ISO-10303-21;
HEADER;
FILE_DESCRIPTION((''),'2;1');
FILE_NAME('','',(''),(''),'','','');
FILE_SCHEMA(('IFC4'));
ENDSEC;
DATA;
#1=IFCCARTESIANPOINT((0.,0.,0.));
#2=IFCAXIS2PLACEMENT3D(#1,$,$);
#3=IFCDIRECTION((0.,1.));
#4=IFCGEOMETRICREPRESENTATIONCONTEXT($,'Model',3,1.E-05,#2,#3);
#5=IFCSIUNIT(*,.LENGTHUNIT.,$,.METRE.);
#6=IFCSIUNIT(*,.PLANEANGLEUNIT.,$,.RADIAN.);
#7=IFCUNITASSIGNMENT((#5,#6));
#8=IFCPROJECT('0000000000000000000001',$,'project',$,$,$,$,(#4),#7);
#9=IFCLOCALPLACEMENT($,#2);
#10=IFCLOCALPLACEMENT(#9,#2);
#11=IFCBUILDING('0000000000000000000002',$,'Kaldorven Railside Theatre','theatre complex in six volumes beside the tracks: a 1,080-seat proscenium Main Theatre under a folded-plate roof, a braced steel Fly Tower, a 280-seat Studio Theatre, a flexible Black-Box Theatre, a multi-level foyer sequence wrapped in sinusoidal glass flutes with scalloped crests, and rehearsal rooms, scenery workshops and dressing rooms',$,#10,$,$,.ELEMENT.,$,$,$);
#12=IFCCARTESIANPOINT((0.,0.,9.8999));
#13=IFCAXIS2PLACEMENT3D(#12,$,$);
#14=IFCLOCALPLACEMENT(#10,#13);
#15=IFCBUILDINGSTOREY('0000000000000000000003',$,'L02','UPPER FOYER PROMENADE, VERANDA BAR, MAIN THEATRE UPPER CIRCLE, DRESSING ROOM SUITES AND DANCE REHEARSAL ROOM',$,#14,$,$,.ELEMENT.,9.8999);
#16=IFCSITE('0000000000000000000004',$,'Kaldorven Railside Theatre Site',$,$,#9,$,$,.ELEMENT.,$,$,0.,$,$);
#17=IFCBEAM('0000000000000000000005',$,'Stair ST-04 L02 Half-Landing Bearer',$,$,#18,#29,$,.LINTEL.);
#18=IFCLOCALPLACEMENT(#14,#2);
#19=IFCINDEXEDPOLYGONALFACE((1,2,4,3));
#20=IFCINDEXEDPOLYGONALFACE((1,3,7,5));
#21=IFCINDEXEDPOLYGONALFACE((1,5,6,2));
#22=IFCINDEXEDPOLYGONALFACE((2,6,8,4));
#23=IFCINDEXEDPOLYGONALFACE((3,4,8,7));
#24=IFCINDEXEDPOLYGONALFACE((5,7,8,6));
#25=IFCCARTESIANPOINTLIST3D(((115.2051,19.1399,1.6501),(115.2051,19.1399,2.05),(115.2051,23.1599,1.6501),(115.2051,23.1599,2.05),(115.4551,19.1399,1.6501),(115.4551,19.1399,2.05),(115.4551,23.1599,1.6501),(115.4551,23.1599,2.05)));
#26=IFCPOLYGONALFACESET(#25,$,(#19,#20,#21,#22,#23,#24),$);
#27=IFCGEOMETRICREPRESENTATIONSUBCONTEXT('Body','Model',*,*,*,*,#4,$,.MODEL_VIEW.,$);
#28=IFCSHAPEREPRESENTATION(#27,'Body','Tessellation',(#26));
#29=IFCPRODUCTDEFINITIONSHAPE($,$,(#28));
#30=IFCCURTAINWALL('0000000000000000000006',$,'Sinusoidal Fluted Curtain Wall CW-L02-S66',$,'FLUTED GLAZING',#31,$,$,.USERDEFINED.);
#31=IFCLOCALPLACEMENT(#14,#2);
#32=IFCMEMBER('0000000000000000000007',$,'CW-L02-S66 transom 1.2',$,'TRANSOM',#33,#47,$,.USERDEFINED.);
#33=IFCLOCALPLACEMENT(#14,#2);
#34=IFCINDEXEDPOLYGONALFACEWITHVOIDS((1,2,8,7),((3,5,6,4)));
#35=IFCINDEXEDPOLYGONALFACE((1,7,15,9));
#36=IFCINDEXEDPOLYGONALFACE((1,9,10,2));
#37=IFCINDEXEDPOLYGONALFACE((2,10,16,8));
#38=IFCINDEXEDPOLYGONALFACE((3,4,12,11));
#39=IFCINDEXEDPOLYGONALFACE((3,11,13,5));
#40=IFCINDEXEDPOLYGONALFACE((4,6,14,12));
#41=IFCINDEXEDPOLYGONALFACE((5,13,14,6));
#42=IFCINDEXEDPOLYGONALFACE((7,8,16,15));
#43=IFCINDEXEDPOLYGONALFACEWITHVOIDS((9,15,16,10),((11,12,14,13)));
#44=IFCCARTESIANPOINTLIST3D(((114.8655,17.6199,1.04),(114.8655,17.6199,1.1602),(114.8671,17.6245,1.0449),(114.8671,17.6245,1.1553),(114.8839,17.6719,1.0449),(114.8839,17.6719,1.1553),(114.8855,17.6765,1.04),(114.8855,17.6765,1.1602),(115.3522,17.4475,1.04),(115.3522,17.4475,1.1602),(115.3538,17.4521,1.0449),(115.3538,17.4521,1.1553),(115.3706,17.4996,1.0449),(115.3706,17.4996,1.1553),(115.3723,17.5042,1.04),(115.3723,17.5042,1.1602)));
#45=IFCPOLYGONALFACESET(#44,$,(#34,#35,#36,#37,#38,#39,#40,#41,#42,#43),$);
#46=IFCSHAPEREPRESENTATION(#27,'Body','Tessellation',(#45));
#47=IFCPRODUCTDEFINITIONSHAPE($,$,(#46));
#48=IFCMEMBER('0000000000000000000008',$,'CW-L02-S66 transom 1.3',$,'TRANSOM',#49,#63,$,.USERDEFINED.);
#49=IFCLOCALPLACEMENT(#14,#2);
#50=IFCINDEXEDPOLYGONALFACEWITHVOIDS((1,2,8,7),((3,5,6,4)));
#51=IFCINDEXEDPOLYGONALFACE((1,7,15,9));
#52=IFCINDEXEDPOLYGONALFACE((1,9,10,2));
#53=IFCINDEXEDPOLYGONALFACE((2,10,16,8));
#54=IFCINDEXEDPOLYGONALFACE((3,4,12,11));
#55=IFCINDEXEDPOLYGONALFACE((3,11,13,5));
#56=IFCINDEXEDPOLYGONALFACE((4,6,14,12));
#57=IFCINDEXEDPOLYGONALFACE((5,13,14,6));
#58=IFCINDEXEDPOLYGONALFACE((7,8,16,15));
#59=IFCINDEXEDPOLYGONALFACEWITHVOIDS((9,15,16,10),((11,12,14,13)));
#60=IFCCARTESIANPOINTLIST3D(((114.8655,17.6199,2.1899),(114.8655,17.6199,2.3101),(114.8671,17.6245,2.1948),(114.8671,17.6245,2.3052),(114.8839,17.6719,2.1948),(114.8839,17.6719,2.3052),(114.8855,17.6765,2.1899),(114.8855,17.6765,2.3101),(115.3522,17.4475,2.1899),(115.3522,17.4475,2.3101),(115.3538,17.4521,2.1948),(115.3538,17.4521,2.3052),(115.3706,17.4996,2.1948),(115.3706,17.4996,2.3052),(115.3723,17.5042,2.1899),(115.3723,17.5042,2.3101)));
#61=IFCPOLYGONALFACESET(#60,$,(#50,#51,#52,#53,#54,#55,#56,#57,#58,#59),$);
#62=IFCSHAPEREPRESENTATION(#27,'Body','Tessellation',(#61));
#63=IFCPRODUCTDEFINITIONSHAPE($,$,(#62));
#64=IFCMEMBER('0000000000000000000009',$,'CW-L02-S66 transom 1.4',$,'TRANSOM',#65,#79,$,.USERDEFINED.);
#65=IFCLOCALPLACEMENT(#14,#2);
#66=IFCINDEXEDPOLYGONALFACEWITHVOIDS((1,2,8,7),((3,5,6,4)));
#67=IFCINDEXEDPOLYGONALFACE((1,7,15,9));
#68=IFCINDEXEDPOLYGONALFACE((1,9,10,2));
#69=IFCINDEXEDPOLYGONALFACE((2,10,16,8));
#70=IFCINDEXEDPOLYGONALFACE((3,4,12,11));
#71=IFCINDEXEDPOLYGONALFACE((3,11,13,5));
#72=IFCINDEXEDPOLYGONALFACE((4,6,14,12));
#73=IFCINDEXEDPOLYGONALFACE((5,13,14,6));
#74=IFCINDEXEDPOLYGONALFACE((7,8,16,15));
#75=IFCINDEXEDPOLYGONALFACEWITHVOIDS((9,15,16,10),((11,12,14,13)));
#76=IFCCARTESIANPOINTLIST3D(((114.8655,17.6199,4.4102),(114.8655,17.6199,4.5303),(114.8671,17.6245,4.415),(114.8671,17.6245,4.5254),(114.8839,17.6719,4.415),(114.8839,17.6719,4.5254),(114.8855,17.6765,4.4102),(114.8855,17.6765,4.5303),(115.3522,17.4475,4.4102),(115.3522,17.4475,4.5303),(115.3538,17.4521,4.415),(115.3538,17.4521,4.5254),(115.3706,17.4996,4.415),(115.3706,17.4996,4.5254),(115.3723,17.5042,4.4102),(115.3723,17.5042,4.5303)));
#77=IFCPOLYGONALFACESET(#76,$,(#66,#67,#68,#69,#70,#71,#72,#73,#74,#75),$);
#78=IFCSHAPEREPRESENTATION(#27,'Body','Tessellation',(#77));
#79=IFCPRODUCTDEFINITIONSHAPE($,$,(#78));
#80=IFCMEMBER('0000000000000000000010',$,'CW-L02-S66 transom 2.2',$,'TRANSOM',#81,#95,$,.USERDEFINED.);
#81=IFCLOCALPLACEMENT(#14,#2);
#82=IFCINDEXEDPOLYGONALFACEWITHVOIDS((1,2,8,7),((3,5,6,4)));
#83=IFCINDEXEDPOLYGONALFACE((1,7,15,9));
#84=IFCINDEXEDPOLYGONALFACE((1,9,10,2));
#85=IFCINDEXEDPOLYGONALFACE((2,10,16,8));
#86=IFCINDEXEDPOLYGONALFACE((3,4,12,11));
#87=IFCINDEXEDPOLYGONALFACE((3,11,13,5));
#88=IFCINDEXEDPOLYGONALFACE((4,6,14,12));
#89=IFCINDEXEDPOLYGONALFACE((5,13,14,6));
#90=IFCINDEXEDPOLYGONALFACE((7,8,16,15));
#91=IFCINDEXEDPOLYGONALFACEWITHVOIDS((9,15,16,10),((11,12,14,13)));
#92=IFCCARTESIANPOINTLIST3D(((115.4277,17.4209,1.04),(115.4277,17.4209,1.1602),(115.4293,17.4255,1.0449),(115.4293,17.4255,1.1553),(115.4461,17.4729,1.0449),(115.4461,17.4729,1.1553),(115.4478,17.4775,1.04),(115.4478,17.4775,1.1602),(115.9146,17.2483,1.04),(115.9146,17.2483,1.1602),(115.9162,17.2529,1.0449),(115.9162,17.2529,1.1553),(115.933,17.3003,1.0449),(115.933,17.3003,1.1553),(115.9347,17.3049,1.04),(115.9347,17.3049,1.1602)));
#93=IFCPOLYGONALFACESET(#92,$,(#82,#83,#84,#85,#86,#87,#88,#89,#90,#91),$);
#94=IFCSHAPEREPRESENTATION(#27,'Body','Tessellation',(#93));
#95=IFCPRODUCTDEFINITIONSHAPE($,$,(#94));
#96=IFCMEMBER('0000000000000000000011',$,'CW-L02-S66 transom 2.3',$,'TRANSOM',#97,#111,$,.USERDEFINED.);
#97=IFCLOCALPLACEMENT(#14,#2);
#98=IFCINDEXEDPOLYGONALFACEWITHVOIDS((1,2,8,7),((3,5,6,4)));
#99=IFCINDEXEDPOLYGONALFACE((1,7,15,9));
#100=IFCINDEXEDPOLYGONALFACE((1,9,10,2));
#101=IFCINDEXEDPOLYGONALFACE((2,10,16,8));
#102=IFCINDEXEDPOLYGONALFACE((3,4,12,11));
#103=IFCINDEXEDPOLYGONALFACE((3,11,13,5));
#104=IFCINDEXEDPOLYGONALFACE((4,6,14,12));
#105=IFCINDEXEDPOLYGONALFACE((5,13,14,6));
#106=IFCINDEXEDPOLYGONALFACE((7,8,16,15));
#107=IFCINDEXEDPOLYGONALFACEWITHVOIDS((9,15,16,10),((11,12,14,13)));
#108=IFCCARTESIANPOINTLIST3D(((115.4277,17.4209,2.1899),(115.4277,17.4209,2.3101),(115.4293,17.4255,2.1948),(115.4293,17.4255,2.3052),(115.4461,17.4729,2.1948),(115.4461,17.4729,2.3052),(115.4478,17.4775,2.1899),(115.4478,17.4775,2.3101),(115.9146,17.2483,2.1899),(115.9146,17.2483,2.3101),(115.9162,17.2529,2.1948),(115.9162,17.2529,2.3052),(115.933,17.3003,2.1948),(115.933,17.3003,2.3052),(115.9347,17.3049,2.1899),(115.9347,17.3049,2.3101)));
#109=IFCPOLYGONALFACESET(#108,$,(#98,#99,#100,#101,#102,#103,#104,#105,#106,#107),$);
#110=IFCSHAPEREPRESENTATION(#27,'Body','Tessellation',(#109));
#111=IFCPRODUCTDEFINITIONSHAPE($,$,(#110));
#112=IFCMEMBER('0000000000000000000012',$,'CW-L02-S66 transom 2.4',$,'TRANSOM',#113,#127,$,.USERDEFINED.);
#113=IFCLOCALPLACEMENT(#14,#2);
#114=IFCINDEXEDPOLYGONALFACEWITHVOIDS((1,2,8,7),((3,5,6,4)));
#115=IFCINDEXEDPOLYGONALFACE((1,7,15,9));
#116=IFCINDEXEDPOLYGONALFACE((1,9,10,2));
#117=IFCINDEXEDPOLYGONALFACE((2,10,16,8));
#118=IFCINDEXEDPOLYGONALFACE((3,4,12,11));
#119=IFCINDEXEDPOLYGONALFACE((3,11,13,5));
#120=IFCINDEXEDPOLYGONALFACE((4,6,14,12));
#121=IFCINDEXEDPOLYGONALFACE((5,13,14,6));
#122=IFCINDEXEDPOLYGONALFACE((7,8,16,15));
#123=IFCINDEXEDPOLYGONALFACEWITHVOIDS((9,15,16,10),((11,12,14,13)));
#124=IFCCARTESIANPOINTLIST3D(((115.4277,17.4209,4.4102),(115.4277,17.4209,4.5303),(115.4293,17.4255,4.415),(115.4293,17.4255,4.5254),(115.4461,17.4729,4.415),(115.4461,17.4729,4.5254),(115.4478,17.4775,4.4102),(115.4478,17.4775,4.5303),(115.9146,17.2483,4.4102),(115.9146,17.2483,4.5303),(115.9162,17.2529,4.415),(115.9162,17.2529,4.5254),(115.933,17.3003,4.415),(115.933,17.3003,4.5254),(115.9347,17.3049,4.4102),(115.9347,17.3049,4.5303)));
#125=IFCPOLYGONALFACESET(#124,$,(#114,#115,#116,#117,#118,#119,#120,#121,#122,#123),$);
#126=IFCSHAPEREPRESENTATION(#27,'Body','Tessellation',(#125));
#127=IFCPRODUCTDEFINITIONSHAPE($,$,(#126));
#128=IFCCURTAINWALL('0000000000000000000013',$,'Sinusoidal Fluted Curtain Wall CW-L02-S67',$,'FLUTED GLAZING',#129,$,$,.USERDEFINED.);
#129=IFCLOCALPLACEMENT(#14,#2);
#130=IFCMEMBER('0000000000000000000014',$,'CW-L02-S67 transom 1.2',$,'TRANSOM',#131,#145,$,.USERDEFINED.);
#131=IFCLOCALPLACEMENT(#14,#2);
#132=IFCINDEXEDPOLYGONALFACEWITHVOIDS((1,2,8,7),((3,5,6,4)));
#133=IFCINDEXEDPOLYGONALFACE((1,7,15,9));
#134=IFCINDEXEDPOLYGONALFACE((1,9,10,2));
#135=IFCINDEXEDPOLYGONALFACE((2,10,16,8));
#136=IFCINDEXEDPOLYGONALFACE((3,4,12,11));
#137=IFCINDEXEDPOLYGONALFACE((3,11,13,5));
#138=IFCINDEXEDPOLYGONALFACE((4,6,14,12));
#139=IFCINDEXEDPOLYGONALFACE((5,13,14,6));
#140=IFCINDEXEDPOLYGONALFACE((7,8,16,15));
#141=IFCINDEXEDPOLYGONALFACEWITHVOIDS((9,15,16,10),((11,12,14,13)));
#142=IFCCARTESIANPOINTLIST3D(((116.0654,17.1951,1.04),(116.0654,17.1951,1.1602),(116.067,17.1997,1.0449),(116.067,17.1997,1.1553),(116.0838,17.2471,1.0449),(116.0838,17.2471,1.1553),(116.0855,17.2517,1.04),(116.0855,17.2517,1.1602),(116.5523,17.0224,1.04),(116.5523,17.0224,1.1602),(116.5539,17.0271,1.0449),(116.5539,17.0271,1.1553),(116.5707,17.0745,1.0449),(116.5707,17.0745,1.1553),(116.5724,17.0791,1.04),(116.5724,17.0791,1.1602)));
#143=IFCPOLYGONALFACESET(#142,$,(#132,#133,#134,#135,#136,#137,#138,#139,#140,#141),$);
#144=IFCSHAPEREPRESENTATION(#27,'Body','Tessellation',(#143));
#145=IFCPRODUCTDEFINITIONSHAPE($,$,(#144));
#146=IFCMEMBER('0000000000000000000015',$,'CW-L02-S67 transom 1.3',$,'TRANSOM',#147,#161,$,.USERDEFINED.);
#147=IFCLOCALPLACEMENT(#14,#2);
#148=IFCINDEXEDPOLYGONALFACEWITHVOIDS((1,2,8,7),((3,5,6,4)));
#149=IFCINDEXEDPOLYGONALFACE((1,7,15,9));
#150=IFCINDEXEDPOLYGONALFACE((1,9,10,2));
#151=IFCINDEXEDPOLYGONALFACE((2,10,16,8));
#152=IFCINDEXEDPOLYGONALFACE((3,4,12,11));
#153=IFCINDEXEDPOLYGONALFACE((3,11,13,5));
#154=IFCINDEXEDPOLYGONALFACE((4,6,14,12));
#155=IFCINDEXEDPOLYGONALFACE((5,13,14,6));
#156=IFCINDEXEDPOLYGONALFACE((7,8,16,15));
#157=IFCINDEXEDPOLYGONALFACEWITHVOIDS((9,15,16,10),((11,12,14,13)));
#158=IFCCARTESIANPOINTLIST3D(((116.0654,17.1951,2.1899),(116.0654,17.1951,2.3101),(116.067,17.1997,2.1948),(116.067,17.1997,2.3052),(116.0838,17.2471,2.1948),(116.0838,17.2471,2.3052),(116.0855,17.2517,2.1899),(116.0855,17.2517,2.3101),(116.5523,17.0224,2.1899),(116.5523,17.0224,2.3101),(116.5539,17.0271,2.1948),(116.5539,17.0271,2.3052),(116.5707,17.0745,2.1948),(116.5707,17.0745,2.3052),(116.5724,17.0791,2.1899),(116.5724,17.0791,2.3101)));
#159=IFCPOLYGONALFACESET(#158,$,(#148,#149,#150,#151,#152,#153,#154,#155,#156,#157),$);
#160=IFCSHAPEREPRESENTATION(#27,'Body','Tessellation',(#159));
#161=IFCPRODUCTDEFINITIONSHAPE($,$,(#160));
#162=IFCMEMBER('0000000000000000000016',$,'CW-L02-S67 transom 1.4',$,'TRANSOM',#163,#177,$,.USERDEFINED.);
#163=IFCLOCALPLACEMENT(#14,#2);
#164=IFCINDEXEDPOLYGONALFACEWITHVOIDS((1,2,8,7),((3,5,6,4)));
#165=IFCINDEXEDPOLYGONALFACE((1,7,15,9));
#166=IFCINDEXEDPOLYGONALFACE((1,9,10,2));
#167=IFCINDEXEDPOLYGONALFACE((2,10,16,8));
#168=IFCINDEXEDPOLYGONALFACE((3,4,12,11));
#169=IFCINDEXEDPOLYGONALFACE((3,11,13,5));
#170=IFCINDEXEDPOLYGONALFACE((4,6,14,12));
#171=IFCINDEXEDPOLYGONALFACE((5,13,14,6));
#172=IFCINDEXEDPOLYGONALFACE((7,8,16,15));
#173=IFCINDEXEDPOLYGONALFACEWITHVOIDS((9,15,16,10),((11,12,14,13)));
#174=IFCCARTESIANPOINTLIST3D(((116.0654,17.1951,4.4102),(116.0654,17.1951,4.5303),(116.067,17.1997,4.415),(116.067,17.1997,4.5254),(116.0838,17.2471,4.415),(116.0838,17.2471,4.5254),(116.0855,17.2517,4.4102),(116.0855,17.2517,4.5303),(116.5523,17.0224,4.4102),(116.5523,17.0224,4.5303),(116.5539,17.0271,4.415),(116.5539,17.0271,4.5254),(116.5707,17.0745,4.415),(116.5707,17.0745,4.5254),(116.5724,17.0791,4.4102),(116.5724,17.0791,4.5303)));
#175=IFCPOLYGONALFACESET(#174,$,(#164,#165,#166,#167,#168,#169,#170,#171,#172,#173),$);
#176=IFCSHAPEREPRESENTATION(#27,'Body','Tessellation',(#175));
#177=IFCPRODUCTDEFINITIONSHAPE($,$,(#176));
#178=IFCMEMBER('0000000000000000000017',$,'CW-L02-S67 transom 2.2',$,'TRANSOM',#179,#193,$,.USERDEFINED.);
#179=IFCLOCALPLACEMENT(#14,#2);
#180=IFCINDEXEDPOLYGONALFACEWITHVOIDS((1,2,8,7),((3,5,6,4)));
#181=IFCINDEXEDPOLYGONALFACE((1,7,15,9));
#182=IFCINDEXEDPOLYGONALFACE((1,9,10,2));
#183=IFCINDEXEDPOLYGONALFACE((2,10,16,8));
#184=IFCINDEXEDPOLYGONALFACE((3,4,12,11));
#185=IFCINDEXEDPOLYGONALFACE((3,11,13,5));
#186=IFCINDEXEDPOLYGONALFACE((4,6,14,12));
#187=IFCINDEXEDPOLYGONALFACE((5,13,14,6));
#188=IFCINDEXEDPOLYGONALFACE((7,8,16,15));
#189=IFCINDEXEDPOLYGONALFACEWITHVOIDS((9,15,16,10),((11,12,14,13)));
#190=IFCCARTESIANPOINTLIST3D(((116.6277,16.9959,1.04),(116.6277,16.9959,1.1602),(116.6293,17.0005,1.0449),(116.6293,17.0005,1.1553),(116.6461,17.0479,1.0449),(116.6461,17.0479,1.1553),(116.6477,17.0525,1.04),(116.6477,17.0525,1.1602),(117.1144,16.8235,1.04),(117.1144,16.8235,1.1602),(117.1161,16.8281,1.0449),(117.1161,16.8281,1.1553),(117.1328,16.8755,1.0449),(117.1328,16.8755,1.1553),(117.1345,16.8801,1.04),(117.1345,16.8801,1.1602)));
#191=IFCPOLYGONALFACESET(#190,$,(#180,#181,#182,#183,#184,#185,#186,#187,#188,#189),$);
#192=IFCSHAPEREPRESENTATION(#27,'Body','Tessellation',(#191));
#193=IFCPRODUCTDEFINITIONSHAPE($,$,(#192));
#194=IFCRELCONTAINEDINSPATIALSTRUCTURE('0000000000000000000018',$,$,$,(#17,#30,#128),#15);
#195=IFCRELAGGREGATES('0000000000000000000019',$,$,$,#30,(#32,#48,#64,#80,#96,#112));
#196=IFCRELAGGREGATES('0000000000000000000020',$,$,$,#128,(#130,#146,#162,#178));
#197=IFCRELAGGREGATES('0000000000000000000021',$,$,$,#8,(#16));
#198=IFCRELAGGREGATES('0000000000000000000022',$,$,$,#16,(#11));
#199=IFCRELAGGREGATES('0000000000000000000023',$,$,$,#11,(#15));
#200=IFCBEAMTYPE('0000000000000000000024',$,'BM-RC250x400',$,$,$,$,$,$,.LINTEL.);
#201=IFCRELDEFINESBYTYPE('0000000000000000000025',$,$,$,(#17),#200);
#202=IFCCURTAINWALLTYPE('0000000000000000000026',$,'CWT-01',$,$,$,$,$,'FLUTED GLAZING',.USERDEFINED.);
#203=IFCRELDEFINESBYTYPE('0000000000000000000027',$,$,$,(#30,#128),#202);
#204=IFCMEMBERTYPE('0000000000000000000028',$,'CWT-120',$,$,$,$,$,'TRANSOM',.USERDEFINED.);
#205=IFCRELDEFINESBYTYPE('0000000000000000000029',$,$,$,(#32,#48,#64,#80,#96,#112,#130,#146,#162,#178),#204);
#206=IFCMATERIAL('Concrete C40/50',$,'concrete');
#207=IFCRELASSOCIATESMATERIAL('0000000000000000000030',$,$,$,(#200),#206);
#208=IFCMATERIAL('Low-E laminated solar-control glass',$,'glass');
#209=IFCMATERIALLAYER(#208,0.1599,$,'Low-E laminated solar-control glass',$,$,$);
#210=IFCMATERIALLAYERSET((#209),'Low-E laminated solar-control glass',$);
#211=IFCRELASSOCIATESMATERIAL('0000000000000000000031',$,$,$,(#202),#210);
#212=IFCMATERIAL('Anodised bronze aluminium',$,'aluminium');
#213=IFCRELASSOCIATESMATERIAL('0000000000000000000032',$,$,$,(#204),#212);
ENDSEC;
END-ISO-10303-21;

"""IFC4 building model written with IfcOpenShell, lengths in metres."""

from ifc_helpers import new_model, si_unit, direction, frame, origin, origin_2d, place, context, subcontext, project, spatial, rectangle, hollow_rectangle, extrude, material, layer, layer_set, material_profile, profile_set, type_object, element, aggregate, save


model = new_model("IFC4")

# Units and contexts
model_context = context("Model", 3, precision=1e-05, world=origin(), true_north=direction((0.0, 1.0)))
body_context = subcontext(model_context, "Body", "Model", "MODEL_VIEW")
ifc_project = project(units=[si_unit("LENGTHUNIT", "METRE"), si_unit("PLANEANGLEUNIT", "RADIAN")], contexts=[model_context])

# Site, building, storey
site_placement = place(None, origin())
site = spatial("IfcSite", under=ifc_project, at=site_placement, Name="Kaldorven Railside Theatre Site", CompositionType="ELEMENT", RefElevation=0.0)
building_placement = place(site_placement, origin())
building = spatial("IfcBuilding", under=site, at=building_placement, Name="Kaldorven Railside Theatre", Description="theatre complex in six volumes beside the tracks: a 1,080-seat proscenium Main Theatre under a folded-plate roof, a braced steel Fly Tower, a 280-seat Studio Theatre, a flexible Black-Box Theatre, a multi-level foyer sequence wrapped in sinusoidal glass flutes with scalloped crests, and rehearsal rooms, scenery workshops and dressing rooms", CompositionType="ELEMENT")
storey_placement = place(building_placement, frame((0.0, 0.0, 9.8999)))
storey = spatial("IfcBuildingStorey", under=building, at=storey_placement, Name="L02", Description="UPPER FOYER PROMENADE, VERANDA BAR, MAIN THEATRE UPPER CIRCLE, DRESSING ROOM SUITES AND DANCE REHEARSAL ROOM", CompositionType="ELEMENT", Elevation=9.8999)

# Beam
ifc_material_1 = material(Name="Concrete C40/50", Category="concrete")
ifc_material_profile_1 = material_profile(ifc_material_1, rectangle(XDim=0.25, YDim=0.3999, at=origin_2d()), Name="RC 250x400")
ifc_profile_set_1 = profile_set([ifc_material_profile_1], Name="Concrete C40/50")
beam_type = type_object("IfcBeamType", Name="BM-RC250x400", PredefinedType="LINTEL", material=ifc_profile_set_1)
beam_placement = place(storey_placement, frame((115.3301, 19.1399, 1.8501), z_axis=(0.0, 1.0, 0.0), x_axis=(-1.0, 0.0, 0.0)))
element("IfcBeam", 1, at=beam_placement, inside=storey, type_object=beam_type, Name="Stair ST-04 L02 Half-Landing Bearer", PredefinedType="LINTEL", context=body_context, shape_type="SweptSolid", body=[
    extrude(rectangle(XDim=0.25, YDim=0.3999, at=origin_2d()), origin(), (0.0, 0.0, 1.0), 4.02),
])

# Curtain walls, members
ifc_material_2 = material(Name="Low-E laminated solar-control glass", Category="glass")
ifc_layer_1 = layer(ifc_material_2, 0.1599, Name="Low-E laminated solar-control glass")
ifc_layer_set_1 = layer_set([ifc_layer_1], Name="Low-E laminated solar-control glass")
curtain_wall_type_1 = type_object("IfcCurtainWallType", Name="CWT-01", ElementType="FLUTED GLAZING", PredefinedType="USERDEFINED", material=ifc_layer_set_1)
curtain_wall_1_placement = place(storey_placement, origin())
curtain_wall_1 = element("IfcCurtainWall", 2, at=curtain_wall_1_placement, inside=storey, type_object=curtain_wall_type_1, Name="Sinusoidal Fluted Curtain Wall CW-L02-S66", ObjectType="FLUTED GLAZING", PredefinedType="USERDEFINED")
ifc_material_3 = material(Name="Anodised bronze aluminium", Category="aluminium")
ifc_material_profile_2 = material_profile(ifc_material_3, hollow_rectangle(XDim=0.0601, YDim=0.1201, WallThickness=0.0049, at=origin_2d()), Name="RHS 120x60x5")
ifc_profile_set_2 = profile_set([ifc_material_profile_2], Name="Anodised bronze aluminium")
member_type = type_object("IfcMemberType", Name="CWT-120", ElementType="TRANSOM", PredefinedType="USERDEFINED", material=ifc_profile_set_2)
member_1_placement = place(storey_placement, frame((114.8755, 17.6482, 1.1001), z_axis=(0.942658, -0.33376, 0.0), x_axis=(0.33376, 0.942658, 0.0)))
member_1 = element("IfcMember", 3, at=member_1_placement, type_object=member_type, Name="CW-L02-S66 transom 1.2", ObjectType="TRANSOM", PredefinedType="USERDEFINED", context=body_context, shape_type="SweptSolid", body=[
    extrude(hollow_rectangle(XDim=0.0601, YDim=0.1201, WallThickness=0.0049, at=origin_2d()), origin(), (0.0, 0.0, 1.0), 0.5164),
])
member_2_placement = place(storey_placement, frame((114.8755, 17.6482, 2.25), z_axis=(0.942658, -0.33376, 0.0), x_axis=(0.33376, 0.942658, 0.0)))
member_2 = element("IfcMember", 4, at=member_2_placement, type_object=member_type, Name="CW-L02-S66 transom 1.3", ObjectType="TRANSOM", PredefinedType="USERDEFINED", context=body_context, shape_type="SweptSolid", body=[
    extrude(hollow_rectangle(XDim=0.0601, YDim=0.1201, WallThickness=0.0049, at=origin_2d()), origin(), (0.0, 0.0, 1.0), 0.5164),
])
member_3_placement = place(storey_placement, frame((114.8755, 17.6482, 4.4702), z_axis=(0.942658, -0.33376, 0.0), x_axis=(0.33376, 0.942658, 0.0)))
member_3 = element("IfcMember", 5, at=member_3_placement, type_object=member_type, Name="CW-L02-S66 transom 1.4", ObjectType="TRANSOM", PredefinedType="USERDEFINED", context=body_context, shape_type="SweptSolid", body=[
    extrude(hollow_rectangle(XDim=0.0601, YDim=0.1201, WallThickness=0.0049, at=origin_2d()), origin(), (0.0, 0.0, 1.0), 0.5164),
])
member_4_placement = place(storey_placement, frame((115.4377, 17.4492, 1.1001), z_axis=(0.942509, -0.33418, 0.0), x_axis=(0.33418, 0.942509, 0.0)))
member_4 = element("IfcMember", 6, at=member_4_placement, type_object=member_type, Name="CW-L02-S66 transom 2.2", ObjectType="TRANSOM", PredefinedType="USERDEFINED", context=body_context, shape_type="SweptSolid", body=[
    extrude(hollow_rectangle(XDim=0.0601, YDim=0.1201, WallThickness=0.0049, at=origin_2d()), origin(), (0.0, 0.0, 1.0), 0.5166),
])
member_5_placement = place(storey_placement, frame((115.4377, 17.4492, 2.25), z_axis=(0.942509, -0.33418, 0.0), x_axis=(0.33418, 0.942509, 0.0)))
member_5 = element("IfcMember", 7, at=member_5_placement, type_object=member_type, Name="CW-L02-S66 transom 2.3", ObjectType="TRANSOM", PredefinedType="USERDEFINED", context=body_context, shape_type="SweptSolid", body=[
    extrude(hollow_rectangle(XDim=0.0601, YDim=0.1201, WallThickness=0.0049, at=origin_2d()), origin(), (0.0, 0.0, 1.0), 0.5166),
])
member_6_placement = place(storey_placement, frame((115.4377, 17.4492, 4.4702), z_axis=(0.942509, -0.33418, 0.0), x_axis=(0.33418, 0.942509, 0.0)))
member_6 = element("IfcMember", 8, at=member_6_placement, type_object=member_type, Name="CW-L02-S66 transom 2.4", ObjectType="TRANSOM", PredefinedType="USERDEFINED", context=body_context, shape_type="SweptSolid", body=[
    extrude(hollow_rectangle(XDim=0.0601, YDim=0.1201, WallThickness=0.0049, at=origin_2d()), origin(), (0.0, 0.0, 1.0), 0.5166),
])
curtain_wall_2_placement = place(storey_placement, origin())
curtain_wall_2 = element("IfcCurtainWall", 9, at=curtain_wall_2_placement, inside=storey, type_object=curtain_wall_type_1, Name="Sinusoidal Fluted Curtain Wall CW-L02-S67", ObjectType="FLUTED GLAZING", PredefinedType="USERDEFINED")
member_7_placement = place(storey_placement, frame((116.0754, 17.2234, 1.1001), z_axis=(0.942509, -0.33418, 0.0), x_axis=(0.33418, 0.942509, 0.0)))
member_7 = element("IfcMember", 10, at=member_7_placement, type_object=member_type, Name="CW-L02-S67 transom 1.2", ObjectType="TRANSOM", PredefinedType="USERDEFINED", context=body_context, shape_type="SweptSolid", body=[
    extrude(hollow_rectangle(XDim=0.0601, YDim=0.1201, WallThickness=0.0049, at=origin_2d()), origin(), (0.0, 0.0, 1.0), 0.5166),
])
member_8_placement = place(storey_placement, frame((116.0754, 17.2234, 2.25), z_axis=(0.942509, -0.33418, 0.0), x_axis=(0.33418, 0.942509, 0.0)))
member_8 = element("IfcMember", 11, at=member_8_placement, type_object=member_type, Name="CW-L02-S67 transom 1.3", ObjectType="TRANSOM", PredefinedType="USERDEFINED", context=body_context, shape_type="SweptSolid", body=[
    extrude(hollow_rectangle(XDim=0.0601, YDim=0.1201, WallThickness=0.0049, at=origin_2d()), origin(), (0.0, 0.0, 1.0), 0.5166),
])
member_9_placement = place(storey_placement, frame((116.0754, 17.2234, 4.4702), z_axis=(0.942509, -0.33418, 0.0), x_axis=(0.33418, 0.942509, 0.0)))
member_9 = element("IfcMember", 12, at=member_9_placement, type_object=member_type, Name="CW-L02-S67 transom 1.4", ObjectType="TRANSOM", PredefinedType="USERDEFINED", context=body_context, shape_type="SweptSolid", body=[
    extrude(hollow_rectangle(XDim=0.0601, YDim=0.1201, WallThickness=0.0049, at=origin_2d()), origin(), (0.0, 0.0, 1.0), 0.5166),
])
member_10_placement = place(storey_placement, frame((116.6377, 17.0242, 1.1001), z_axis=(0.942658, -0.33376, 0.0), x_axis=(0.33376, 0.942658, 0.0)))
member_10 = element("IfcMember", 13, at=member_10_placement, type_object=member_type, Name="CW-L02-S67 transom 2.2", ObjectType="TRANSOM", PredefinedType="USERDEFINED", context=body_context, shape_type="SweptSolid", body=[
    extrude(hollow_rectangle(XDim=0.0601, YDim=0.1201, WallThickness=0.0049, at=origin_2d()), origin(), (0.0, 0.0, 1.0), 0.5164),
])

aggregate(curtain_wall_1, [member_1, member_2, member_3, member_4, member_5, member_6])
aggregate(curtain_wall_2, [member_7, member_8, member_9, member_10])

save(model, "model.ifc")
